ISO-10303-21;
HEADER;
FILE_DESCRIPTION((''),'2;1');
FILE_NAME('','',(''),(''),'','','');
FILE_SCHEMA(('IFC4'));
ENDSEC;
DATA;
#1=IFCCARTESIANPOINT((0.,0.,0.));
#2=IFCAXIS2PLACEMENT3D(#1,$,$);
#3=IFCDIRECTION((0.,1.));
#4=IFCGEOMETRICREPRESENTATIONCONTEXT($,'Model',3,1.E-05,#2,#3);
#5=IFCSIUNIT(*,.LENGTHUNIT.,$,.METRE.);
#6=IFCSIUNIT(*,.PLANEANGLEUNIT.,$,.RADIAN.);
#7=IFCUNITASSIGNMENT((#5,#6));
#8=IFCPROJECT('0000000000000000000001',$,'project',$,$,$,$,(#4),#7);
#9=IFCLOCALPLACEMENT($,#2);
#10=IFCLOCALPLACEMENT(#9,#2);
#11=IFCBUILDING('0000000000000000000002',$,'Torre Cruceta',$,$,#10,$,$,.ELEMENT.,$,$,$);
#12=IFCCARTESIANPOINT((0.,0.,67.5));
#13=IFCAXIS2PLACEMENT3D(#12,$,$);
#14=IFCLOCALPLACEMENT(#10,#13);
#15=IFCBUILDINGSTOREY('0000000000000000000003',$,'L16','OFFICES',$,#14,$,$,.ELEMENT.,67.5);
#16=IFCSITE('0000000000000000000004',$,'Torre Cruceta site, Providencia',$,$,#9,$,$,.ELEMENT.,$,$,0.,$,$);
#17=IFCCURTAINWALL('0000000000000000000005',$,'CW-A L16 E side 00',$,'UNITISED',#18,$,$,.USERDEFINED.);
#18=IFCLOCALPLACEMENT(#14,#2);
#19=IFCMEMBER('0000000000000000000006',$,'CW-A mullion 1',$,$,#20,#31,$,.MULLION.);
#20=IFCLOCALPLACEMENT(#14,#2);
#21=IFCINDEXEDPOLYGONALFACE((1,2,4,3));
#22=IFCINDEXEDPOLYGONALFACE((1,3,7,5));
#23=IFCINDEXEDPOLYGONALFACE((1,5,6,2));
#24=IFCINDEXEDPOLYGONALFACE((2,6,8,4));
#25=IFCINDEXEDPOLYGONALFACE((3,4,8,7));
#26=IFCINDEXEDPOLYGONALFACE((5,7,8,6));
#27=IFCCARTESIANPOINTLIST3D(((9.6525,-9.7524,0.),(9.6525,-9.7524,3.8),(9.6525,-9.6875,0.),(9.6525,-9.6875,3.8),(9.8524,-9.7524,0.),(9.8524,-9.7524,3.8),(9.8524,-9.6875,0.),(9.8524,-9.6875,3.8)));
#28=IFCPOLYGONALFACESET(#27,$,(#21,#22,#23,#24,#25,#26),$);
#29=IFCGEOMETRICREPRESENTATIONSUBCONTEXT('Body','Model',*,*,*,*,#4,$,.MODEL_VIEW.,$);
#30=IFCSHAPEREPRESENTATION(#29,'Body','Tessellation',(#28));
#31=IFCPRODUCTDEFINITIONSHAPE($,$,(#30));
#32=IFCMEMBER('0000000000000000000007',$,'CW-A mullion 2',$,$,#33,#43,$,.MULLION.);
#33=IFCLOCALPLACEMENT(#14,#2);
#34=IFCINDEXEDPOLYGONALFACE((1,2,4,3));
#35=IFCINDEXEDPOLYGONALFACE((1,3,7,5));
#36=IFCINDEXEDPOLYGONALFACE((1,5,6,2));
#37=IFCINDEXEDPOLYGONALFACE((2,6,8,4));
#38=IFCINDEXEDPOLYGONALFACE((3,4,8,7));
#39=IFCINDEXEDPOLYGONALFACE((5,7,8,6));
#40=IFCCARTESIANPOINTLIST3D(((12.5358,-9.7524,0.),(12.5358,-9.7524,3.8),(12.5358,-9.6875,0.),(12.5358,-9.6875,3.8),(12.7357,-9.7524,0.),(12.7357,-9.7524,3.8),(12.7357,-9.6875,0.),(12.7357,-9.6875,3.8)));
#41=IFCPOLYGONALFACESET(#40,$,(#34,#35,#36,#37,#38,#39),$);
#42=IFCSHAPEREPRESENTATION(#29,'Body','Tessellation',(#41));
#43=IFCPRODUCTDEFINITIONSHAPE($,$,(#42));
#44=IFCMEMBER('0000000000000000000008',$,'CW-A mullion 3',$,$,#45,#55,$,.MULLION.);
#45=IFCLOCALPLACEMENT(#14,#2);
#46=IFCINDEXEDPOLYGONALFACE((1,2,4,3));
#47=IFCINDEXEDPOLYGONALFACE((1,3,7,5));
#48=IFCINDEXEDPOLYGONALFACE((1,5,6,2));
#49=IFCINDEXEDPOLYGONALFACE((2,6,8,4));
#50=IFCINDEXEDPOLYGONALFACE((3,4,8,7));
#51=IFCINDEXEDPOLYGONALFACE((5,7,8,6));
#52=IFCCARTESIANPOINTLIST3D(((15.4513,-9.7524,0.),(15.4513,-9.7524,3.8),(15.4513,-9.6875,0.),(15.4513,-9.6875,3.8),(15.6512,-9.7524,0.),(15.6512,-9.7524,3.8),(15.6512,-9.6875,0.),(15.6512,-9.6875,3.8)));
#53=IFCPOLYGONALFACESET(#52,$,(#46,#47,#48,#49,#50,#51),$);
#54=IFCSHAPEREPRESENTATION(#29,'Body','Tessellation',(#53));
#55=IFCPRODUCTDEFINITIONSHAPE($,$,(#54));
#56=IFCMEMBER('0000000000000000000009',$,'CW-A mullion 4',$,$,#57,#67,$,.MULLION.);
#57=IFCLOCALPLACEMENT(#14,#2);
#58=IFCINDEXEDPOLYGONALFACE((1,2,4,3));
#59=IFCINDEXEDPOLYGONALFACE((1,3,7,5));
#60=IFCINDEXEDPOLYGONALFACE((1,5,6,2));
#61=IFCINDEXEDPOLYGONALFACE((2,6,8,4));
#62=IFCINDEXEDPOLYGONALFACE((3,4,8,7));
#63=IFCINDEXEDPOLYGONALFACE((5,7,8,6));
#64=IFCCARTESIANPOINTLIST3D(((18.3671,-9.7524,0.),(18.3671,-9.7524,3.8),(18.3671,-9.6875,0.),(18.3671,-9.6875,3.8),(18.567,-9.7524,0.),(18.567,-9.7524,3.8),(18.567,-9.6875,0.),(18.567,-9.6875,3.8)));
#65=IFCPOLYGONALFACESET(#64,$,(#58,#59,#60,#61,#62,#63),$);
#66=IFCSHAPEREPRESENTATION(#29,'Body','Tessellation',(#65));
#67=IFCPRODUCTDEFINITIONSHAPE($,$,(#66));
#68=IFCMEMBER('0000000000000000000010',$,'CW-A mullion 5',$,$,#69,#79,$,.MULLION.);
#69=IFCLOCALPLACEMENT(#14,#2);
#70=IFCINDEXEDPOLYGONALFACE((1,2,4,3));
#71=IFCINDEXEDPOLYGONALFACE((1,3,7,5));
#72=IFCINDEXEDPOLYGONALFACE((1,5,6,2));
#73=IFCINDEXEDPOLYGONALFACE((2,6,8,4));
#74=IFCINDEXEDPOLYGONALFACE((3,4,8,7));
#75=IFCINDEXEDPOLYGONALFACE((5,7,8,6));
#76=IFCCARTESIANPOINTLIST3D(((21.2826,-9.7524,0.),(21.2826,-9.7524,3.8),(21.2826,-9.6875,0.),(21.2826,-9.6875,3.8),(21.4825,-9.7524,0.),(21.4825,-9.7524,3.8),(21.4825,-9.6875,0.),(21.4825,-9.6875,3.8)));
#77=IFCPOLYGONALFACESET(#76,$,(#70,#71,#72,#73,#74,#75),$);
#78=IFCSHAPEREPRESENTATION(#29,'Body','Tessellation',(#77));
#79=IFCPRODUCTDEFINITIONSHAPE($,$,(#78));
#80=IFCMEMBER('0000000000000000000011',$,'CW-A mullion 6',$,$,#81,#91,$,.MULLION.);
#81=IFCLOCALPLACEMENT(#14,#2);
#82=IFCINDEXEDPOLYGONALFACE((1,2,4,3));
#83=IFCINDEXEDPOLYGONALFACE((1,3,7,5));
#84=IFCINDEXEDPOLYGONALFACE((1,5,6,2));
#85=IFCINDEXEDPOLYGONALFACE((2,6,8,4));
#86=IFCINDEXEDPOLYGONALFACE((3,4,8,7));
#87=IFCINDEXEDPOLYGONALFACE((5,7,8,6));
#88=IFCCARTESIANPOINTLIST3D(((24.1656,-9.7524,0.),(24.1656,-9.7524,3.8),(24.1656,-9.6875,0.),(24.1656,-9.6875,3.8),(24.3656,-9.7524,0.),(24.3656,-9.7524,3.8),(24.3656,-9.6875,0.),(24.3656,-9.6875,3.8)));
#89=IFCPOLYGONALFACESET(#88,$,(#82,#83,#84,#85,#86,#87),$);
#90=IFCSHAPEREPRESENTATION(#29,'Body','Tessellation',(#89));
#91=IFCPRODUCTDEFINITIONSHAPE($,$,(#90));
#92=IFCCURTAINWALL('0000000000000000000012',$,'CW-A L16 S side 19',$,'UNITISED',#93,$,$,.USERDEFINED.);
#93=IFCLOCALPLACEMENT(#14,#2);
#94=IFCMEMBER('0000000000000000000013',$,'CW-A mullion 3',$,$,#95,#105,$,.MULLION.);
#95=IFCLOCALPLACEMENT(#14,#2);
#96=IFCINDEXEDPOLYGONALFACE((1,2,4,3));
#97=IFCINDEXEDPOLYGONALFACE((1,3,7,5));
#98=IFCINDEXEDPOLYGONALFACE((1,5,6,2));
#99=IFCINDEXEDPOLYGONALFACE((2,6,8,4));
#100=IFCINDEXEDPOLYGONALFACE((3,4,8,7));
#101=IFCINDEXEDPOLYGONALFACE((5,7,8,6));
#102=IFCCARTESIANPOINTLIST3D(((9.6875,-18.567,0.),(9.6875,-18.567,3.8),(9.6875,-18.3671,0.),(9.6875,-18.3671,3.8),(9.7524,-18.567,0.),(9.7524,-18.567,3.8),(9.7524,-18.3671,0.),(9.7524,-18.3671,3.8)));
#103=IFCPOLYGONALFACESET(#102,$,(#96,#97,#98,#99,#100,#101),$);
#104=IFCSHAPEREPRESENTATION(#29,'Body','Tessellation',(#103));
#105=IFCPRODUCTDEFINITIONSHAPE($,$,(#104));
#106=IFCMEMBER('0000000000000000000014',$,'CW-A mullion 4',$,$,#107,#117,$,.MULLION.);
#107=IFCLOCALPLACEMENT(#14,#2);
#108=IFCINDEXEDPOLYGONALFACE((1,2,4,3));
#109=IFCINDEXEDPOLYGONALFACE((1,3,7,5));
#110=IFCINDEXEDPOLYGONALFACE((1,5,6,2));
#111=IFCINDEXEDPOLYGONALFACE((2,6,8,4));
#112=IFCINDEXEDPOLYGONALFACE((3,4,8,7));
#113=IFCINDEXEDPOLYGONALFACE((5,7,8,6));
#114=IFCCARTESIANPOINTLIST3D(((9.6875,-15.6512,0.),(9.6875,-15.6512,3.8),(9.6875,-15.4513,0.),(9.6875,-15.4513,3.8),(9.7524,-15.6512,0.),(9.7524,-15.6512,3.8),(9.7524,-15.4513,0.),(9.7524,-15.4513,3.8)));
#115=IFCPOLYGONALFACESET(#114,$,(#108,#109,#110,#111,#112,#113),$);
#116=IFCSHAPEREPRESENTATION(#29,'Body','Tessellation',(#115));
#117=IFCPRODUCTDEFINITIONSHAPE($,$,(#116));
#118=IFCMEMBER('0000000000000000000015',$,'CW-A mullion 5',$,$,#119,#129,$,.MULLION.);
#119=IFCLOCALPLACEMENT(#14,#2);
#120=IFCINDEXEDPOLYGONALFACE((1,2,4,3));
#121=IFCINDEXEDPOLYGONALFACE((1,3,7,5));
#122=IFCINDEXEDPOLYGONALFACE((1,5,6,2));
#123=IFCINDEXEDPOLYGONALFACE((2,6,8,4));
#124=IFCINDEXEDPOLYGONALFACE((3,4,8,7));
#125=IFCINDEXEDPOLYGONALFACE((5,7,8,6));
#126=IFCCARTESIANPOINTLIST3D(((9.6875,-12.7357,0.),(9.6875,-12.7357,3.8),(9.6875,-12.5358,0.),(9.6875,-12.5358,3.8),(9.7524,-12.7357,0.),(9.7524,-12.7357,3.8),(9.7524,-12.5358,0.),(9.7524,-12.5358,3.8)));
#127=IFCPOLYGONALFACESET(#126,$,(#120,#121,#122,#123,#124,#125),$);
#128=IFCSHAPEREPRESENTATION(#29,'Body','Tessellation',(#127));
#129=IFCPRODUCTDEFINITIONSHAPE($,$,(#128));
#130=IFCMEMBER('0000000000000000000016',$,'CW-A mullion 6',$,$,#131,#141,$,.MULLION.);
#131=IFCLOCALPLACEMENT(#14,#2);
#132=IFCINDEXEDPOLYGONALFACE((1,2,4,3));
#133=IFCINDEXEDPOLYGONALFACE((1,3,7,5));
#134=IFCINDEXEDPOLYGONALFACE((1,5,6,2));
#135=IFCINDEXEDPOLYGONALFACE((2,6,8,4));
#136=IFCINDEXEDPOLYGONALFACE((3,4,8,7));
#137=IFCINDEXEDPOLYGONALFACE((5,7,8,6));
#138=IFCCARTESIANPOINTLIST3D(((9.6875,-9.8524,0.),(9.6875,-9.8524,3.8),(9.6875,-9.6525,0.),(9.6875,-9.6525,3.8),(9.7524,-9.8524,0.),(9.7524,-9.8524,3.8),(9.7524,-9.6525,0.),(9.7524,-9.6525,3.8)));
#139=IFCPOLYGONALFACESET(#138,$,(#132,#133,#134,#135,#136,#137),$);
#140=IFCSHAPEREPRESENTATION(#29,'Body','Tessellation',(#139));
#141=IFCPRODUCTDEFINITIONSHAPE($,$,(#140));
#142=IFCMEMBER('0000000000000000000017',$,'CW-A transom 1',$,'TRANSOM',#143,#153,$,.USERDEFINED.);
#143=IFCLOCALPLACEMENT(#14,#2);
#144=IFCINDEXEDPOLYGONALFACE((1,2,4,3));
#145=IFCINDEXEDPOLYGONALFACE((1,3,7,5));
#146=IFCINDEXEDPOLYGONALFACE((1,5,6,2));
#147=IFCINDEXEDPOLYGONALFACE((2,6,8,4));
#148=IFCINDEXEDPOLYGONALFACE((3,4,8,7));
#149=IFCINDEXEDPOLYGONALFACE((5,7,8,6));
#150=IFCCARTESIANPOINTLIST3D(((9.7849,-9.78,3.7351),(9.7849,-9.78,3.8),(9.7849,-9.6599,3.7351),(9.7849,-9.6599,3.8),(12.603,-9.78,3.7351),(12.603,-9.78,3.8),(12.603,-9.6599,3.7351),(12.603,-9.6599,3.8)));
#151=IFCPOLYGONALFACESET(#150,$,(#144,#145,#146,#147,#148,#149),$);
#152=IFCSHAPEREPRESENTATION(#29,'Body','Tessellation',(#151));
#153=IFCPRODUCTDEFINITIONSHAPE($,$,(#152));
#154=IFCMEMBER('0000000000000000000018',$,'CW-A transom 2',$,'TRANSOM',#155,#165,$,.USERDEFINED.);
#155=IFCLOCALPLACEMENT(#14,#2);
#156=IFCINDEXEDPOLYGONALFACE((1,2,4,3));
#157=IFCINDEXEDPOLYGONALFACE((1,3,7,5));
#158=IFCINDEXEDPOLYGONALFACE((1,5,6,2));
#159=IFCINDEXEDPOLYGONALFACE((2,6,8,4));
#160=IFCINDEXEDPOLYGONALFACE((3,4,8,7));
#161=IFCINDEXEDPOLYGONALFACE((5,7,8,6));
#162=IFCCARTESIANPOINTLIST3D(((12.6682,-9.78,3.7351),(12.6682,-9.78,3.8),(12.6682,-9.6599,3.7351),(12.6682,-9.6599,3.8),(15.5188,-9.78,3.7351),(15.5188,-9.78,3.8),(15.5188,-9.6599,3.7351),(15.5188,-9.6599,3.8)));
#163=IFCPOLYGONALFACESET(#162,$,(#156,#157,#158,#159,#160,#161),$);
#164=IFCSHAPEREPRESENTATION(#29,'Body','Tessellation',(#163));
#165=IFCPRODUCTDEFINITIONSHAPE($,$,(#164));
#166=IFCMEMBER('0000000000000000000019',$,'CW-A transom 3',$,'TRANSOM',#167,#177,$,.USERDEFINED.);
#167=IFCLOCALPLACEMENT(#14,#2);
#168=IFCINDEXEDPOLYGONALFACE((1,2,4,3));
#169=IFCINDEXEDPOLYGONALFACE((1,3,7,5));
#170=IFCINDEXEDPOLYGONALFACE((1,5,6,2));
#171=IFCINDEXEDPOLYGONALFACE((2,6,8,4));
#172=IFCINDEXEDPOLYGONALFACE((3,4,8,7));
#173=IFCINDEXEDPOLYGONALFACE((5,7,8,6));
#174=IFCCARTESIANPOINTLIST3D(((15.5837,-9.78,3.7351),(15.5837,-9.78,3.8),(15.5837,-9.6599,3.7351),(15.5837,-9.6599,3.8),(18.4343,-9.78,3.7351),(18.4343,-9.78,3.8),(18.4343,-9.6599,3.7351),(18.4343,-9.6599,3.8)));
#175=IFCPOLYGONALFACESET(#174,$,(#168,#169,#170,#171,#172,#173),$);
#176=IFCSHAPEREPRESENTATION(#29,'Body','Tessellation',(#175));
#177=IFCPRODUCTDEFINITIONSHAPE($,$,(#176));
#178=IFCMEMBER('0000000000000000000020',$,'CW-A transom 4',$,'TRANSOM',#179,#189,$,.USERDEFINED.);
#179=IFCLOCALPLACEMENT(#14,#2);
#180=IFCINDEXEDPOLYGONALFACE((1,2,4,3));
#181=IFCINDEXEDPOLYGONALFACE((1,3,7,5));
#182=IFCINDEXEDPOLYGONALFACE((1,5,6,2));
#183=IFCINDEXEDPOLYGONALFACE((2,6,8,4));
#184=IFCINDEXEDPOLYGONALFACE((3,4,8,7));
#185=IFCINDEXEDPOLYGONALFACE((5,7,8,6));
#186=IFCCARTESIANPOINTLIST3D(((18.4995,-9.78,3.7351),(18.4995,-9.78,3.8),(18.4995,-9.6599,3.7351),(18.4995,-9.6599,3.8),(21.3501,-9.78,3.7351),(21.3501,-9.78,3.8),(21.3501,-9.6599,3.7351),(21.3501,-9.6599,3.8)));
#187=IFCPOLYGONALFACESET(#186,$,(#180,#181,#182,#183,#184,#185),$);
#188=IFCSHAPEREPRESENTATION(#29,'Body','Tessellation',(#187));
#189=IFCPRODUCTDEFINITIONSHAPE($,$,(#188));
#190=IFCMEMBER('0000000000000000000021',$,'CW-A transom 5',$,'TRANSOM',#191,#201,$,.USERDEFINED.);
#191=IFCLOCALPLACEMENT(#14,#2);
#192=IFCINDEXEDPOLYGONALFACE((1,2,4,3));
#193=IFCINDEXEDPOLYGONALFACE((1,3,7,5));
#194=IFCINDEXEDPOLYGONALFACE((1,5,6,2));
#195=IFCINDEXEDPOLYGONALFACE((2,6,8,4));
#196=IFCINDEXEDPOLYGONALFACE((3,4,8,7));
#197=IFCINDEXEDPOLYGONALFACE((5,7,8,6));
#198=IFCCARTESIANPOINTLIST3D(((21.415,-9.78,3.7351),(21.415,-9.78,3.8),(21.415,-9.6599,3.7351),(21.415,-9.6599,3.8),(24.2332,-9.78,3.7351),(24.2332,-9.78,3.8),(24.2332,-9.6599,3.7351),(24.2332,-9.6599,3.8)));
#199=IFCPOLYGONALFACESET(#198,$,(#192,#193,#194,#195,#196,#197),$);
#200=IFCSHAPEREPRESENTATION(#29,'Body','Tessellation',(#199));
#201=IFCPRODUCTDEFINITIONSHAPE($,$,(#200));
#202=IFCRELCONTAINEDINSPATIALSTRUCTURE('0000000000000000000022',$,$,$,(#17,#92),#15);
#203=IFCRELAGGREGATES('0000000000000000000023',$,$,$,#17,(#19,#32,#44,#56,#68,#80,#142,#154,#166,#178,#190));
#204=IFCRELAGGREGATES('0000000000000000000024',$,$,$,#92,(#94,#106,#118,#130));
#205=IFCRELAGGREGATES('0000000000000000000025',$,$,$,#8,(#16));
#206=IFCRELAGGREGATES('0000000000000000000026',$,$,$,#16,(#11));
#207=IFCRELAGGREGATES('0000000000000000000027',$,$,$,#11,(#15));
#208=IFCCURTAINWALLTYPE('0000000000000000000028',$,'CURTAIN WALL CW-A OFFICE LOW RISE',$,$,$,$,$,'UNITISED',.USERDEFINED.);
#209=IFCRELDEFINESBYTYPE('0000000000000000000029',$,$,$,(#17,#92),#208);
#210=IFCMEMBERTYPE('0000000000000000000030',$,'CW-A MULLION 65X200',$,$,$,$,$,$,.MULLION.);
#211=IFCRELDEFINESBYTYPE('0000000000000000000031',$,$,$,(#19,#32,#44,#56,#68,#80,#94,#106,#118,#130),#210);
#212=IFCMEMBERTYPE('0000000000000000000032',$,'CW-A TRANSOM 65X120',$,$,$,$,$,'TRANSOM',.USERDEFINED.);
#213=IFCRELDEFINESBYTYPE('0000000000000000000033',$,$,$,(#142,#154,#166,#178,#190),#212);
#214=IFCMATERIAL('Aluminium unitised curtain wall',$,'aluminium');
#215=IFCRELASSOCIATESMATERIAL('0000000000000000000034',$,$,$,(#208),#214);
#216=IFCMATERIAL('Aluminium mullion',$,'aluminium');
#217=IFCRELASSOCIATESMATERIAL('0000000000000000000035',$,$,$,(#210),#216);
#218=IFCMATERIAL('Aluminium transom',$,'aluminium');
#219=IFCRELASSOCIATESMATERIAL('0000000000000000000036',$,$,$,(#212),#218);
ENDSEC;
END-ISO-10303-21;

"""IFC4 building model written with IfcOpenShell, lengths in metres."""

from ifc_helpers import new_model, si_unit, direction, frame, origin, origin_2d, place, context, subcontext, project, spatial, rectangle, extrude, material, material_profile, profile_set, type_object, element, aggregate, save


model = new_model("IFC4")

# Units and contexts
model_context = context("Model", 3, precision=1e-05, world=origin(), true_north=direction((0.0, 1.0)))
body_context = subcontext(model_context, "Body", "Model", "MODEL_VIEW")
ifc_project = project(units=[si_unit("LENGTHUNIT", "METRE"), si_unit("PLANEANGLEUNIT", "RADIAN")], contexts=[model_context])

# Site, building, storey
site_placement = place(None, origin())
site = spatial("IfcSite", under=ifc_project, at=site_placement, Name="Torre Cruceta site, Providencia", CompositionType="ELEMENT", RefElevation=0.0)
building_placement = place(site_placement, origin())
building = spatial("IfcBuilding", under=site, at=building_placement, Name="Torre Cruceta", CompositionType="ELEMENT")
storey_placement = place(building_placement, frame((0.0, 0.0, 67.5)))
storey = spatial("IfcBuildingStorey", under=building, at=storey_placement, Name="L16", Description="OFFICES", CompositionType="ELEMENT", Elevation=67.5)

# Curtain walls, members
ifc_material_1 = material(Name="Aluminium unitised curtain wall", Category="aluminium")
curtain_wall_type = type_object("IfcCurtainWallType", Name="CURTAIN WALL CW-A OFFICE LOW RISE", ElementType="UNITISED", PredefinedType="USERDEFINED", material=ifc_material_1)
curtain_wall_1_placement = place(storey_placement, origin())
curtain_wall_1 = element("IfcCurtainWall", 1, at=curtain_wall_1_placement, inside=storey, type_object=curtain_wall_type, Name="CW-A L16 E side 00", ObjectType="UNITISED", PredefinedType="USERDEFINED")
ifc_material_2 = material(Name="Aluminium mullion", Category="aluminium")
ifc_material_profile_1 = material_profile(ifc_material_2, rectangle(XDim=0.0649, YDim=0.2, at=origin_2d()), Name="AL 65X200")
ifc_profile_set_1 = profile_set([ifc_material_profile_1], Name="Aluminium mullion")
member_type_1 = type_object("IfcMemberType", Name="CW-A MULLION 65X200", PredefinedType="MULLION", material=ifc_profile_set_1)
member_1_placement = place(storey_placement, frame((9.7524, -9.72, 0.0), z_axis=(0.0, 0.0, 1.0), x_axis=(0.0, 1.0, 0.0)))
member_1 = element("IfcMember", 2, at=member_1_placement, type_object=member_type_1, Name="CW-A mullion 1", PredefinedType="MULLION", context=body_context, shape_type="SweptSolid", body=[
    extrude(rectangle(XDim=0.0649, YDim=0.2, at=origin_2d()), origin(), (0.0, 0.0, 1.0), 3.8),
])
member_2_placement = place(storey_placement, frame((12.6357, -9.72, 0.0), z_axis=(0.0, 0.0, 1.0), x_axis=(0.0, 1.0, 0.0)))
member_2 = element("IfcMember", 3, at=member_2_placement, type_object=member_type_1, Name="CW-A mullion 2", PredefinedType="MULLION", context=body_context, shape_type="SweptSolid", body=[
    extrude(rectangle(XDim=0.0649, YDim=0.2, at=origin_2d()), origin(), (0.0, 0.0, 1.0), 3.8),
])
member_3_placement = place(storey_placement, frame((15.5513, -9.72, 0.0), z_axis=(0.0, 0.0, 1.0), x_axis=(0.0, 1.0, 0.0)))
member_3 = element("IfcMember", 4, at=member_3_placement, type_object=member_type_1, Name="CW-A mullion 3", PredefinedType="MULLION", context=body_context, shape_type="SweptSolid", body=[
    extrude(rectangle(XDim=0.0649, YDim=0.2, at=origin_2d()), origin(), (0.0, 0.0, 1.0), 3.8),
])
member_4_placement = place(storey_placement, frame((18.467, -9.72, 0.0), z_axis=(0.0, 0.0, 1.0), x_axis=(0.0, 1.0, 0.0)))
member_4 = element("IfcMember", 5, at=member_4_placement, type_object=member_type_1, Name="CW-A mullion 4", PredefinedType="MULLION", context=body_context, shape_type="SweptSolid", body=[
    extrude(rectangle(XDim=0.0649, YDim=0.2, at=origin_2d()), origin(), (0.0, 0.0, 1.0), 3.8),
])
member_5_placement = place(storey_placement, frame((21.3826, -9.72, 0.0), z_axis=(0.0, 0.0, 1.0), x_axis=(0.0, 1.0, 0.0)))
member_5 = element("IfcMember", 6, at=member_5_placement, type_object=member_type_1, Name="CW-A mullion 5", PredefinedType="MULLION", context=body_context, shape_type="SweptSolid", body=[
    extrude(rectangle(XDim=0.0649, YDim=0.2, at=origin_2d()), origin(), (0.0, 0.0, 1.0), 3.8),
])
member_6_placement = place(storey_placement, frame((24.2656, -9.72, 0.0), z_axis=(0.0, 0.0, 1.0), x_axis=(0.0, 1.0, 0.0)))
member_6 = element("IfcMember", 7, at=member_6_placement, type_object=member_type_1, Name="CW-A mullion 6", PredefinedType="MULLION", context=body_context, shape_type="SweptSolid", body=[
    extrude(rectangle(XDim=0.0649, YDim=0.2, at=origin_2d()), origin(), (0.0, 0.0, 1.0), 3.8),
])
curtain_wall_2_placement = place(storey_placement, origin())
curtain_wall_2 = element("IfcCurtainWall", 8, at=curtain_wall_2_placement, inside=storey, type_object=curtain_wall_type, Name="CW-A L16 S side 19", ObjectType="UNITISED", PredefinedType="USERDEFINED")
member_7_placement = place(storey_placement, frame((9.72, -18.467, 0.0), z_axis=(0.0, 0.0, 1.0), x_axis=(-1.0, 0.0, 0.0)))
member_7 = element("IfcMember", 9, at=member_7_placement, type_object=member_type_1, Name="CW-A mullion 3", PredefinedType="MULLION", context=body_context, shape_type="SweptSolid", body=[
    extrude(rectangle(XDim=0.0649, YDim=0.2, at=origin_2d()), origin(), (0.0, 0.0, 1.0), 3.8),
])
member_8_placement = place(storey_placement, frame((9.72, -15.5513, 0.0), z_axis=(0.0, 0.0, 1.0), x_axis=(-1.0, 0.0, 0.0)))
member_8 = element("IfcMember", 10, at=member_8_placement, type_object=member_type_1, Name="CW-A mullion 4", PredefinedType="MULLION", context=body_context, shape_type="SweptSolid", body=[
    extrude(rectangle(XDim=0.0649, YDim=0.2, at=origin_2d()), origin(), (0.0, 0.0, 1.0), 3.8),
])
member_9_placement = place(storey_placement, frame((9.72, -12.6357, 0.0), z_axis=(0.0, 0.0, 1.0), x_axis=(-1.0, 0.0, 0.0)))
member_9 = element("IfcMember", 11, at=member_9_placement, type_object=member_type_1, Name="CW-A mullion 5", PredefinedType="MULLION", context=body_context, shape_type="SweptSolid", body=[
    extrude(rectangle(XDim=0.0649, YDim=0.2, at=origin_2d()), origin(), (0.0, 0.0, 1.0), 3.8),
])
member_10_placement = place(storey_placement, frame((9.72, -9.7524, 0.0), z_axis=(0.0, 0.0, 1.0), x_axis=(-1.0, 0.0, 0.0)))
member_10 = element("IfcMember", 12, at=member_10_placement, type_object=member_type_1, Name="CW-A mullion 6", PredefinedType="MULLION", context=body_context, shape_type="SweptSolid", body=[
    extrude(rectangle(XDim=0.0649, YDim=0.2, at=origin_2d()), origin(), (0.0, 0.0, 1.0), 3.8),
])

# Members
ifc_material_3 = material(Name="Aluminium transom", Category="aluminium")
ifc_material_profile_2 = material_profile(ifc_material_3, rectangle(XDim=0.1201, YDim=0.0649, at=origin_2d()), Name="AL 120X65")
ifc_profile_set_2 = profile_set([ifc_material_profile_2], Name="Aluminium transom")
member_type_2 = type_object("IfcMemberType", Name="CW-A TRANSOM 65X120", ElementType="TRANSOM", PredefinedType="USERDEFINED", material=ifc_profile_set_2)
member_11_placement = place(storey_placement, frame((9.7849, -9.72, 3.7676), z_axis=(1.0, 0.0, 0.0), x_axis=(0.0, 1.0, 0.0)))
member_11 = element("IfcMember", 13, at=member_11_placement, type_object=member_type_2, Name="CW-A transom 1", ObjectType="TRANSOM", PredefinedType="USERDEFINED", context=body_context, shape_type="SweptSolid", body=[
    extrude(rectangle(XDim=0.1201, YDim=0.0649, at=origin_2d()), origin(), (0.0, 0.0, 1.0), 2.8181),
])
member_12_placement = place(storey_placement, frame((12.6682, -9.72, 3.7676), z_axis=(1.0, 0.0, 0.0), x_axis=(0.0, 1.0, 0.0)))
member_12 = element("IfcMember", 14, at=member_12_placement, type_object=member_type_2, Name="CW-A transom 2", ObjectType="TRANSOM", PredefinedType="USERDEFINED", context=body_context, shape_type="SweptSolid", body=[
    extrude(rectangle(XDim=0.1201, YDim=0.0649, at=origin_2d()), origin(), (0.0, 0.0, 1.0), 2.8506),
])
member_13_placement = place(storey_placement, frame((15.5837, -9.72, 3.7676), z_axis=(1.0, 0.0, 0.0), x_axis=(0.0, 1.0, 0.0)))
member_13 = element("IfcMember", 15, at=member_13_placement, type_object=member_type_2, Name="CW-A transom 3", ObjectType="TRANSOM", PredefinedType="USERDEFINED", context=body_context, shape_type="SweptSolid", body=[
    extrude(rectangle(XDim=0.1201, YDim=0.0649, at=origin_2d()), origin(), (0.0, 0.0, 1.0), 2.8506),
])
member_14_placement = place(storey_placement, frame((18.4995, -9.72, 3.7676), z_axis=(1.0, 0.0, 0.0), x_axis=(0.0, 1.0, 0.0)))
member_14 = element("IfcMember", 16, at=member_14_placement, type_object=member_type_2, Name="CW-A transom 4", ObjectType="TRANSOM", PredefinedType="USERDEFINED", context=body_context, shape_type="SweptSolid", body=[
    extrude(rectangle(XDim=0.1201, YDim=0.0649, at=origin_2d()), origin(), (0.0, 0.0, 1.0), 2.8506),
])
member_15_placement = place(storey_placement, frame((21.415, -9.72, 3.7676), z_axis=(1.0, 0.0, 0.0), x_axis=(0.0, 1.0, 0.0)))
member_15 = element("IfcMember", 17, at=member_15_placement, type_object=member_type_2, Name="CW-A transom 5", ObjectType="TRANSOM", PredefinedType="USERDEFINED", context=body_context, shape_type="SweptSolid", body=[
    extrude(rectangle(XDim=0.1201, YDim=0.0649, at=origin_2d()), origin(), (0.0, 0.0, 1.0), 2.8181),
])

aggregate(curtain_wall_1, [member_1, member_2, member_3, member_4, member_5, member_6, member_11, member_12, member_13, member_14, member_15])
aggregate(curtain_wall_2, [member_7, member_8, member_9, member_10])

save(model, "model.ifc")
